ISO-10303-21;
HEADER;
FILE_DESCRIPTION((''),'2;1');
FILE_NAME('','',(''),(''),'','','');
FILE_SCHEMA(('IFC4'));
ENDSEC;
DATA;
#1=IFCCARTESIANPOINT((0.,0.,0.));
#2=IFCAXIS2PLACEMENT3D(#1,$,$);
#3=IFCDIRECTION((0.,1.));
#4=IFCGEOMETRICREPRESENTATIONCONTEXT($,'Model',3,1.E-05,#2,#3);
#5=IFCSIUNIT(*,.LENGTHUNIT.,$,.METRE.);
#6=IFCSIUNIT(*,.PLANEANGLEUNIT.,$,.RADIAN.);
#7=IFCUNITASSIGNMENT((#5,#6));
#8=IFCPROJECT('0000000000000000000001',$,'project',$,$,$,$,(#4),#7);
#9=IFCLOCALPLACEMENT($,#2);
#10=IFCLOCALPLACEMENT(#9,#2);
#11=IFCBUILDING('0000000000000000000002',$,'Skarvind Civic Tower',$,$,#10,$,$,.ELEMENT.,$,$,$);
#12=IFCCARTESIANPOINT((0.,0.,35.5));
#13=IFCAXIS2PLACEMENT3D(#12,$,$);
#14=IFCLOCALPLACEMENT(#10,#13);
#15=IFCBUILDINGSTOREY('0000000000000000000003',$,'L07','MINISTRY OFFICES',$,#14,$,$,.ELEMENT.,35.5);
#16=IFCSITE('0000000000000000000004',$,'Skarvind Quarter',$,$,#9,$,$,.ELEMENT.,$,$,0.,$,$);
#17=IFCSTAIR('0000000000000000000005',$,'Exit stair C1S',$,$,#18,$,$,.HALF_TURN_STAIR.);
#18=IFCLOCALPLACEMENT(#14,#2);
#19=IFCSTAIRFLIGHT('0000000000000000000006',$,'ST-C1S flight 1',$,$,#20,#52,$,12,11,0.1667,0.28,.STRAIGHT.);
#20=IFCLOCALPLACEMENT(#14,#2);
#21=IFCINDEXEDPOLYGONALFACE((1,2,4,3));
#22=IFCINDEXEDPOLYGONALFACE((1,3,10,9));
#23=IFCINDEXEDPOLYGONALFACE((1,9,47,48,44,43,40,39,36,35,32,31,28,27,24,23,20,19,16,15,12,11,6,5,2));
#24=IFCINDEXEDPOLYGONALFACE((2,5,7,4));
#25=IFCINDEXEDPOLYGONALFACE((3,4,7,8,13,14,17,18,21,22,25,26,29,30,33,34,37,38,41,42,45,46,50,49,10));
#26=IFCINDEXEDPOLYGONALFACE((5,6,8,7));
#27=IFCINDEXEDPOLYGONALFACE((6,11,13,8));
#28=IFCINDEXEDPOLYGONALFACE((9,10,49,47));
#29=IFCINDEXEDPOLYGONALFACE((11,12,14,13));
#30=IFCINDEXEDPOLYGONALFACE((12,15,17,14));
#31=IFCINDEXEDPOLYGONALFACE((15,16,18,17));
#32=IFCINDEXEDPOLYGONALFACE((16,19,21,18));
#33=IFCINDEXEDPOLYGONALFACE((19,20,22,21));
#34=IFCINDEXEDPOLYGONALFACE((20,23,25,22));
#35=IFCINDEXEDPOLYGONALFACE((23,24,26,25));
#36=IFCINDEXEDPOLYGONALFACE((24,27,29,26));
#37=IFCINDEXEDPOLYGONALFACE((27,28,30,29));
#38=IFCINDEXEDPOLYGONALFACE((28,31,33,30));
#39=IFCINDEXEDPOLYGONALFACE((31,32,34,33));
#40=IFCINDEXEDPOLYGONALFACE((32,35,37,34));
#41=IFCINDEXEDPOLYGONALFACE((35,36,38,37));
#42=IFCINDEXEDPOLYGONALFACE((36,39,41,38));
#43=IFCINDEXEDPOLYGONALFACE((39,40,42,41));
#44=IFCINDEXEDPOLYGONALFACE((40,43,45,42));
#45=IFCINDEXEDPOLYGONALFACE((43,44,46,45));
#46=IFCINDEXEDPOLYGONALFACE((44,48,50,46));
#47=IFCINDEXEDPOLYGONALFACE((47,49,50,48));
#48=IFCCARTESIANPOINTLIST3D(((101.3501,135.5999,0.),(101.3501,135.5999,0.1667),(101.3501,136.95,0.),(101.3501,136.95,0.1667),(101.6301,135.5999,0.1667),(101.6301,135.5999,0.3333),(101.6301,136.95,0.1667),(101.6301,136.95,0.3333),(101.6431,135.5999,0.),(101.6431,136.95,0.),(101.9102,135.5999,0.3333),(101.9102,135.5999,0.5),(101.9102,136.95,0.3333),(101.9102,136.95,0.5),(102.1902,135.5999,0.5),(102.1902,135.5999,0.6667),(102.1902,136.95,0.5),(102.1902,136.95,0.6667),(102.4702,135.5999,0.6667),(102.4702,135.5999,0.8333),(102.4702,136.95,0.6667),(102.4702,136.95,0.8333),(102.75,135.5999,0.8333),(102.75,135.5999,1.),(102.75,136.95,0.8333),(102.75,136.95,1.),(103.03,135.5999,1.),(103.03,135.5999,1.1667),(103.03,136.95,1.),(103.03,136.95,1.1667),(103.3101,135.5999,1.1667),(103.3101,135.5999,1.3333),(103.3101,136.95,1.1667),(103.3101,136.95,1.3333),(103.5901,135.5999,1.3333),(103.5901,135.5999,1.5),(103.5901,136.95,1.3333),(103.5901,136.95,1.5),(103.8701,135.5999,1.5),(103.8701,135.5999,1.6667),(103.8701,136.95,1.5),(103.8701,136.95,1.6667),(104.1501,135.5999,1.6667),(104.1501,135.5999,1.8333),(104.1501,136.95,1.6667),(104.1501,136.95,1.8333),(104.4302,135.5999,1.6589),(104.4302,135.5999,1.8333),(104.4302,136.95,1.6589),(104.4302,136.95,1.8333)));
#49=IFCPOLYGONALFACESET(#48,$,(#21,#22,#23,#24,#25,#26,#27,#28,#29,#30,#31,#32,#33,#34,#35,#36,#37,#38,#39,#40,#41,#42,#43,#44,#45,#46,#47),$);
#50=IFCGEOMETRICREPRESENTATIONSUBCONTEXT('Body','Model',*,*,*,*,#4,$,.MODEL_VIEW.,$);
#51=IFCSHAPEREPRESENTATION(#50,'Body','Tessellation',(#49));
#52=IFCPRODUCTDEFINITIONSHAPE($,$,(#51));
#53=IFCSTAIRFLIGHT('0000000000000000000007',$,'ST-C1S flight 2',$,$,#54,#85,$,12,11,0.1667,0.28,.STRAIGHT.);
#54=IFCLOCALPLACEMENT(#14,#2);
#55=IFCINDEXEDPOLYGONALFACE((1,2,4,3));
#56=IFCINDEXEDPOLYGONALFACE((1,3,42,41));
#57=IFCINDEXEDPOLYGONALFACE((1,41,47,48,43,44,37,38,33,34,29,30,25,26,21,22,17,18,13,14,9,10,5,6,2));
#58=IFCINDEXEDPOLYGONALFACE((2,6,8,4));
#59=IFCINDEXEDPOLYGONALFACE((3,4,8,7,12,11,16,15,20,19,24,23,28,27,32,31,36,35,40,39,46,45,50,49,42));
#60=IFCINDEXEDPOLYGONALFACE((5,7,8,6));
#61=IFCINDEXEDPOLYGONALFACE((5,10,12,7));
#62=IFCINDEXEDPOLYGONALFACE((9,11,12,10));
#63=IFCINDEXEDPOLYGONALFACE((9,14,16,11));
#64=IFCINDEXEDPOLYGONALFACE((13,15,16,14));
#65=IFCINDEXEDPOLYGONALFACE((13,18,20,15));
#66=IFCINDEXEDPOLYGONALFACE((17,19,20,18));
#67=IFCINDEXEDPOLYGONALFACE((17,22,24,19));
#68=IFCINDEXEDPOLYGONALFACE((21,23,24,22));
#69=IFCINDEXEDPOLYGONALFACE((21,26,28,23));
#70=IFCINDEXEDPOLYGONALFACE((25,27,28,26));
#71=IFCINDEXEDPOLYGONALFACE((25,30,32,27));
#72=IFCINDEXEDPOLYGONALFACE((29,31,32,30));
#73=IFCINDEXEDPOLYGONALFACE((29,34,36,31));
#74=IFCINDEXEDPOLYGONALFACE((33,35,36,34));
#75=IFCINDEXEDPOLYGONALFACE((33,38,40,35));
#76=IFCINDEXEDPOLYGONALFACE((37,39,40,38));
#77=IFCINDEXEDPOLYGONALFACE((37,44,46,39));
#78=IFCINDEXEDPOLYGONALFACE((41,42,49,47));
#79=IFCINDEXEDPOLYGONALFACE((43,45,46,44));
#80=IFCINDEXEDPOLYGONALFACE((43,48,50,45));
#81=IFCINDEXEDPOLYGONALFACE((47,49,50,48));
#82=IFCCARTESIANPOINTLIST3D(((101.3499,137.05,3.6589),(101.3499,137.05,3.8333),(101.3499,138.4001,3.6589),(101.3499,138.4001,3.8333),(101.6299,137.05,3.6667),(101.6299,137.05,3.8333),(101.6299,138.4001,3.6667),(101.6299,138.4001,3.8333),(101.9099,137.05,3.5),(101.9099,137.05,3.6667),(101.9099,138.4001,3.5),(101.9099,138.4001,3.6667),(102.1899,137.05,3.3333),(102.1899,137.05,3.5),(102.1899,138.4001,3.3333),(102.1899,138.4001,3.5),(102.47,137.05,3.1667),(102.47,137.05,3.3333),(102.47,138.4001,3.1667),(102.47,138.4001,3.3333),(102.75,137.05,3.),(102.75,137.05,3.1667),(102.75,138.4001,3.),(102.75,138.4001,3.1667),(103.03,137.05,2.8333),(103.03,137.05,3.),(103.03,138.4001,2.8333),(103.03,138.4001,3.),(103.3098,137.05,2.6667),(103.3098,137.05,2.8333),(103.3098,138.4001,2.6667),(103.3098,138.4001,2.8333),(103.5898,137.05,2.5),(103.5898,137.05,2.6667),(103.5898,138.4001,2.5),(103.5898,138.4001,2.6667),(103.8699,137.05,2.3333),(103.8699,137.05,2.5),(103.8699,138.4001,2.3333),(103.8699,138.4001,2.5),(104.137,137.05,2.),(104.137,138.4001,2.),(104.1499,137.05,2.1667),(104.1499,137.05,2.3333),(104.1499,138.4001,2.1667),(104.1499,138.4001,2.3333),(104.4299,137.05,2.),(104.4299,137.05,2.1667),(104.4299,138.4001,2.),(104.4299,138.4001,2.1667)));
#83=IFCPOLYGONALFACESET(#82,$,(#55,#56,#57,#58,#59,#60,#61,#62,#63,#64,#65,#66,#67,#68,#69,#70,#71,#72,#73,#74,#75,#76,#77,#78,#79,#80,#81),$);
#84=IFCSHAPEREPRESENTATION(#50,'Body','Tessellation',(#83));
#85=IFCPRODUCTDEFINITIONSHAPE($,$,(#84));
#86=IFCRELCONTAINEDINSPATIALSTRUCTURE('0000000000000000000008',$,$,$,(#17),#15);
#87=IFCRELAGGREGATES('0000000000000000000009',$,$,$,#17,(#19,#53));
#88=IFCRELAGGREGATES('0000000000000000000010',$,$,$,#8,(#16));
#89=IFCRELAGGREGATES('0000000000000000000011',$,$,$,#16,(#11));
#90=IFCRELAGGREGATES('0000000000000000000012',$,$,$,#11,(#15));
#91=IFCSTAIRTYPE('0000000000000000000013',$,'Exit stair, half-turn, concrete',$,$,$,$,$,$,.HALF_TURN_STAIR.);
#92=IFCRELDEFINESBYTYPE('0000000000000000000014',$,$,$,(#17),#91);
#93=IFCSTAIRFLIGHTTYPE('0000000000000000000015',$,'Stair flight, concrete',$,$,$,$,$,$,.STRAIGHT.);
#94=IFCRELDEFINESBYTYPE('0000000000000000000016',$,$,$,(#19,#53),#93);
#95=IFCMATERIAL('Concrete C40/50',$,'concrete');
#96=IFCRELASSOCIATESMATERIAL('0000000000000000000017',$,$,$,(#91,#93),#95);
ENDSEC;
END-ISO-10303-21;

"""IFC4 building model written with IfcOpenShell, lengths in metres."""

from ifc_helpers import new_model, si_unit, direction, frame, origin, place, context, subcontext, project, spatial, polyline, outline, extrude, material, type_object, element, aggregate, save


model = new_model("IFC4")

# Units and contexts
model_context = context("Model", 3, precision=1e-05, world=origin(), true_north=direction((0.0, 1.0)))
body_context = subcontext(model_context, "Body", "Model", "MODEL_VIEW")
ifc_project = project(units=[si_unit("LENGTHUNIT", "METRE"), si_unit("PLANEANGLEUNIT", "RADIAN")], contexts=[model_context])

# Site, building, storey
site_placement = place(None, origin())
site = spatial("IfcSite", under=ifc_project, at=site_placement, Name="Skarvind Quarter", CompositionType="ELEMENT", RefElevation=0.0)
building_placement = place(site_placement, origin())
building = spatial("IfcBuilding", under=site, at=building_placement, Name="Skarvind Civic Tower", CompositionType="ELEMENT")
storey_placement = place(building_placement, frame((0.0, 0.0, 35.5)))
storey = spatial("IfcBuildingStorey", under=building, at=storey_placement, Name="L07", Description="MINISTRY OFFICES", CompositionType="ELEMENT", Elevation=35.5)

# Stair, stair flights
ifc_material_1 = material(Name="Concrete C40/50", Category="concrete")
stair_type = type_object("IfcStairType", Name="Exit stair, half-turn, concrete", PredefinedType="HALF_TURN_STAIR", material=ifc_material_1)
stair_placement = place(storey_placement, origin())
stair = element("IfcStair", 1, at=stair_placement, inside=storey, type_object=stair_type, Name="Exit stair C1S", PredefinedType="HALF_TURN_STAIR")
stair_flight_type = type_object("IfcStairFlightType", Name="Stair flight, concrete", PredefinedType="STRAIGHT", material=ifc_material_1)
stair_flight_1_placement = place(storey_placement, frame((101.3501, 136.2749, 0.0), z_axis=(0.0, 0.0, 1.0), x_axis=(1.0, 0.0, 0.0)))
stair_flight_1 = element("IfcStairFlight", 2, at=stair_flight_1_placement, type_object=stair_flight_type, Name="ST-C1S flight 1", NumberOfRisers=12, NumberOfTreads=11, PredefinedType="STRAIGHT", RiserHeight=0.1667, TreadLength=0.28, context=body_context, shape_type="SweptSolid", body=[
    extrude(outline(polyline([(0.0, 0.0), (0.0, 0.1667), (0.28, 0.1667), (0.28, 0.3333), (0.5601, 0.3333), (0.5601, 0.5), (0.8401, 0.5), (0.8401, 0.6667), (1.1201, 0.6667), (1.1201, 0.8333), (1.3999, 0.8333), (1.3999, 1.0), (1.6799, 1.0), (1.6799, 1.1667), (1.96, 1.1667), (1.96, 1.3333), (2.24, 1.3333), (2.24, 1.5), (2.52, 1.5), (2.52, 1.6667), (2.8, 1.6667), (2.8, 1.8333), (3.0801, 1.8333), (3.0801, 2.0), (3.0801, 1.6589), (0.293, 0.0), (0.0, 0.0)])), frame((0.0, 0.675, 0.0), z_axis=(0.0, -1.0, 0.0), x_axis=(1.0, 0.0, 0.0)), (0.0, 0.0, 1.0), 1.3501),
])
stair_flight_2_placement = place(storey_placement, frame((104.4299, 137.7251, 2.0), z_axis=(0.0, 0.0, 1.0), x_axis=(-1.0, 0.0, 0.0)))
stair_flight_2 = element("IfcStairFlight", 3, at=stair_flight_2_placement, type_object=stair_flight_type, Name="ST-C1S flight 2", NumberOfRisers=12, NumberOfTreads=11, PredefinedType="STRAIGHT", RiserHeight=0.1667, TreadLength=0.28, context=body_context, shape_type="SweptSolid", body=[
    extrude(outline(polyline([(0.0, 0.0), (0.0, 0.1667), (0.28, 0.1667), (0.28, 0.3333), (0.5601, 0.3333), (0.5601, 0.5), (0.8401, 0.5), (0.8401, 0.6667), (1.1201, 0.6667), (1.1201, 0.8333), (1.3999, 0.8333), (1.3999, 1.0), (1.6799, 1.0), (1.6799, 1.1667), (1.96, 1.1667), (1.96, 1.3333), (2.24, 1.3333), (2.24, 1.5), (2.52, 1.5), (2.52, 1.6667), (2.8, 1.6667), (2.8, 1.8333), (3.0801, 1.8333), (3.0801, 2.0), (3.0801, 1.6589), (0.293, 0.0), (0.0, 0.0)])), frame((0.0, 0.675, 0.0), z_axis=(0.0, -1.0, 0.0), x_axis=(1.0, 0.0, 0.0)), (0.0, 0.0, 1.0), 1.3501),
])
aggregate(stair, [stair_flight_1, stair_flight_2])

save(model, "model.ifc")
